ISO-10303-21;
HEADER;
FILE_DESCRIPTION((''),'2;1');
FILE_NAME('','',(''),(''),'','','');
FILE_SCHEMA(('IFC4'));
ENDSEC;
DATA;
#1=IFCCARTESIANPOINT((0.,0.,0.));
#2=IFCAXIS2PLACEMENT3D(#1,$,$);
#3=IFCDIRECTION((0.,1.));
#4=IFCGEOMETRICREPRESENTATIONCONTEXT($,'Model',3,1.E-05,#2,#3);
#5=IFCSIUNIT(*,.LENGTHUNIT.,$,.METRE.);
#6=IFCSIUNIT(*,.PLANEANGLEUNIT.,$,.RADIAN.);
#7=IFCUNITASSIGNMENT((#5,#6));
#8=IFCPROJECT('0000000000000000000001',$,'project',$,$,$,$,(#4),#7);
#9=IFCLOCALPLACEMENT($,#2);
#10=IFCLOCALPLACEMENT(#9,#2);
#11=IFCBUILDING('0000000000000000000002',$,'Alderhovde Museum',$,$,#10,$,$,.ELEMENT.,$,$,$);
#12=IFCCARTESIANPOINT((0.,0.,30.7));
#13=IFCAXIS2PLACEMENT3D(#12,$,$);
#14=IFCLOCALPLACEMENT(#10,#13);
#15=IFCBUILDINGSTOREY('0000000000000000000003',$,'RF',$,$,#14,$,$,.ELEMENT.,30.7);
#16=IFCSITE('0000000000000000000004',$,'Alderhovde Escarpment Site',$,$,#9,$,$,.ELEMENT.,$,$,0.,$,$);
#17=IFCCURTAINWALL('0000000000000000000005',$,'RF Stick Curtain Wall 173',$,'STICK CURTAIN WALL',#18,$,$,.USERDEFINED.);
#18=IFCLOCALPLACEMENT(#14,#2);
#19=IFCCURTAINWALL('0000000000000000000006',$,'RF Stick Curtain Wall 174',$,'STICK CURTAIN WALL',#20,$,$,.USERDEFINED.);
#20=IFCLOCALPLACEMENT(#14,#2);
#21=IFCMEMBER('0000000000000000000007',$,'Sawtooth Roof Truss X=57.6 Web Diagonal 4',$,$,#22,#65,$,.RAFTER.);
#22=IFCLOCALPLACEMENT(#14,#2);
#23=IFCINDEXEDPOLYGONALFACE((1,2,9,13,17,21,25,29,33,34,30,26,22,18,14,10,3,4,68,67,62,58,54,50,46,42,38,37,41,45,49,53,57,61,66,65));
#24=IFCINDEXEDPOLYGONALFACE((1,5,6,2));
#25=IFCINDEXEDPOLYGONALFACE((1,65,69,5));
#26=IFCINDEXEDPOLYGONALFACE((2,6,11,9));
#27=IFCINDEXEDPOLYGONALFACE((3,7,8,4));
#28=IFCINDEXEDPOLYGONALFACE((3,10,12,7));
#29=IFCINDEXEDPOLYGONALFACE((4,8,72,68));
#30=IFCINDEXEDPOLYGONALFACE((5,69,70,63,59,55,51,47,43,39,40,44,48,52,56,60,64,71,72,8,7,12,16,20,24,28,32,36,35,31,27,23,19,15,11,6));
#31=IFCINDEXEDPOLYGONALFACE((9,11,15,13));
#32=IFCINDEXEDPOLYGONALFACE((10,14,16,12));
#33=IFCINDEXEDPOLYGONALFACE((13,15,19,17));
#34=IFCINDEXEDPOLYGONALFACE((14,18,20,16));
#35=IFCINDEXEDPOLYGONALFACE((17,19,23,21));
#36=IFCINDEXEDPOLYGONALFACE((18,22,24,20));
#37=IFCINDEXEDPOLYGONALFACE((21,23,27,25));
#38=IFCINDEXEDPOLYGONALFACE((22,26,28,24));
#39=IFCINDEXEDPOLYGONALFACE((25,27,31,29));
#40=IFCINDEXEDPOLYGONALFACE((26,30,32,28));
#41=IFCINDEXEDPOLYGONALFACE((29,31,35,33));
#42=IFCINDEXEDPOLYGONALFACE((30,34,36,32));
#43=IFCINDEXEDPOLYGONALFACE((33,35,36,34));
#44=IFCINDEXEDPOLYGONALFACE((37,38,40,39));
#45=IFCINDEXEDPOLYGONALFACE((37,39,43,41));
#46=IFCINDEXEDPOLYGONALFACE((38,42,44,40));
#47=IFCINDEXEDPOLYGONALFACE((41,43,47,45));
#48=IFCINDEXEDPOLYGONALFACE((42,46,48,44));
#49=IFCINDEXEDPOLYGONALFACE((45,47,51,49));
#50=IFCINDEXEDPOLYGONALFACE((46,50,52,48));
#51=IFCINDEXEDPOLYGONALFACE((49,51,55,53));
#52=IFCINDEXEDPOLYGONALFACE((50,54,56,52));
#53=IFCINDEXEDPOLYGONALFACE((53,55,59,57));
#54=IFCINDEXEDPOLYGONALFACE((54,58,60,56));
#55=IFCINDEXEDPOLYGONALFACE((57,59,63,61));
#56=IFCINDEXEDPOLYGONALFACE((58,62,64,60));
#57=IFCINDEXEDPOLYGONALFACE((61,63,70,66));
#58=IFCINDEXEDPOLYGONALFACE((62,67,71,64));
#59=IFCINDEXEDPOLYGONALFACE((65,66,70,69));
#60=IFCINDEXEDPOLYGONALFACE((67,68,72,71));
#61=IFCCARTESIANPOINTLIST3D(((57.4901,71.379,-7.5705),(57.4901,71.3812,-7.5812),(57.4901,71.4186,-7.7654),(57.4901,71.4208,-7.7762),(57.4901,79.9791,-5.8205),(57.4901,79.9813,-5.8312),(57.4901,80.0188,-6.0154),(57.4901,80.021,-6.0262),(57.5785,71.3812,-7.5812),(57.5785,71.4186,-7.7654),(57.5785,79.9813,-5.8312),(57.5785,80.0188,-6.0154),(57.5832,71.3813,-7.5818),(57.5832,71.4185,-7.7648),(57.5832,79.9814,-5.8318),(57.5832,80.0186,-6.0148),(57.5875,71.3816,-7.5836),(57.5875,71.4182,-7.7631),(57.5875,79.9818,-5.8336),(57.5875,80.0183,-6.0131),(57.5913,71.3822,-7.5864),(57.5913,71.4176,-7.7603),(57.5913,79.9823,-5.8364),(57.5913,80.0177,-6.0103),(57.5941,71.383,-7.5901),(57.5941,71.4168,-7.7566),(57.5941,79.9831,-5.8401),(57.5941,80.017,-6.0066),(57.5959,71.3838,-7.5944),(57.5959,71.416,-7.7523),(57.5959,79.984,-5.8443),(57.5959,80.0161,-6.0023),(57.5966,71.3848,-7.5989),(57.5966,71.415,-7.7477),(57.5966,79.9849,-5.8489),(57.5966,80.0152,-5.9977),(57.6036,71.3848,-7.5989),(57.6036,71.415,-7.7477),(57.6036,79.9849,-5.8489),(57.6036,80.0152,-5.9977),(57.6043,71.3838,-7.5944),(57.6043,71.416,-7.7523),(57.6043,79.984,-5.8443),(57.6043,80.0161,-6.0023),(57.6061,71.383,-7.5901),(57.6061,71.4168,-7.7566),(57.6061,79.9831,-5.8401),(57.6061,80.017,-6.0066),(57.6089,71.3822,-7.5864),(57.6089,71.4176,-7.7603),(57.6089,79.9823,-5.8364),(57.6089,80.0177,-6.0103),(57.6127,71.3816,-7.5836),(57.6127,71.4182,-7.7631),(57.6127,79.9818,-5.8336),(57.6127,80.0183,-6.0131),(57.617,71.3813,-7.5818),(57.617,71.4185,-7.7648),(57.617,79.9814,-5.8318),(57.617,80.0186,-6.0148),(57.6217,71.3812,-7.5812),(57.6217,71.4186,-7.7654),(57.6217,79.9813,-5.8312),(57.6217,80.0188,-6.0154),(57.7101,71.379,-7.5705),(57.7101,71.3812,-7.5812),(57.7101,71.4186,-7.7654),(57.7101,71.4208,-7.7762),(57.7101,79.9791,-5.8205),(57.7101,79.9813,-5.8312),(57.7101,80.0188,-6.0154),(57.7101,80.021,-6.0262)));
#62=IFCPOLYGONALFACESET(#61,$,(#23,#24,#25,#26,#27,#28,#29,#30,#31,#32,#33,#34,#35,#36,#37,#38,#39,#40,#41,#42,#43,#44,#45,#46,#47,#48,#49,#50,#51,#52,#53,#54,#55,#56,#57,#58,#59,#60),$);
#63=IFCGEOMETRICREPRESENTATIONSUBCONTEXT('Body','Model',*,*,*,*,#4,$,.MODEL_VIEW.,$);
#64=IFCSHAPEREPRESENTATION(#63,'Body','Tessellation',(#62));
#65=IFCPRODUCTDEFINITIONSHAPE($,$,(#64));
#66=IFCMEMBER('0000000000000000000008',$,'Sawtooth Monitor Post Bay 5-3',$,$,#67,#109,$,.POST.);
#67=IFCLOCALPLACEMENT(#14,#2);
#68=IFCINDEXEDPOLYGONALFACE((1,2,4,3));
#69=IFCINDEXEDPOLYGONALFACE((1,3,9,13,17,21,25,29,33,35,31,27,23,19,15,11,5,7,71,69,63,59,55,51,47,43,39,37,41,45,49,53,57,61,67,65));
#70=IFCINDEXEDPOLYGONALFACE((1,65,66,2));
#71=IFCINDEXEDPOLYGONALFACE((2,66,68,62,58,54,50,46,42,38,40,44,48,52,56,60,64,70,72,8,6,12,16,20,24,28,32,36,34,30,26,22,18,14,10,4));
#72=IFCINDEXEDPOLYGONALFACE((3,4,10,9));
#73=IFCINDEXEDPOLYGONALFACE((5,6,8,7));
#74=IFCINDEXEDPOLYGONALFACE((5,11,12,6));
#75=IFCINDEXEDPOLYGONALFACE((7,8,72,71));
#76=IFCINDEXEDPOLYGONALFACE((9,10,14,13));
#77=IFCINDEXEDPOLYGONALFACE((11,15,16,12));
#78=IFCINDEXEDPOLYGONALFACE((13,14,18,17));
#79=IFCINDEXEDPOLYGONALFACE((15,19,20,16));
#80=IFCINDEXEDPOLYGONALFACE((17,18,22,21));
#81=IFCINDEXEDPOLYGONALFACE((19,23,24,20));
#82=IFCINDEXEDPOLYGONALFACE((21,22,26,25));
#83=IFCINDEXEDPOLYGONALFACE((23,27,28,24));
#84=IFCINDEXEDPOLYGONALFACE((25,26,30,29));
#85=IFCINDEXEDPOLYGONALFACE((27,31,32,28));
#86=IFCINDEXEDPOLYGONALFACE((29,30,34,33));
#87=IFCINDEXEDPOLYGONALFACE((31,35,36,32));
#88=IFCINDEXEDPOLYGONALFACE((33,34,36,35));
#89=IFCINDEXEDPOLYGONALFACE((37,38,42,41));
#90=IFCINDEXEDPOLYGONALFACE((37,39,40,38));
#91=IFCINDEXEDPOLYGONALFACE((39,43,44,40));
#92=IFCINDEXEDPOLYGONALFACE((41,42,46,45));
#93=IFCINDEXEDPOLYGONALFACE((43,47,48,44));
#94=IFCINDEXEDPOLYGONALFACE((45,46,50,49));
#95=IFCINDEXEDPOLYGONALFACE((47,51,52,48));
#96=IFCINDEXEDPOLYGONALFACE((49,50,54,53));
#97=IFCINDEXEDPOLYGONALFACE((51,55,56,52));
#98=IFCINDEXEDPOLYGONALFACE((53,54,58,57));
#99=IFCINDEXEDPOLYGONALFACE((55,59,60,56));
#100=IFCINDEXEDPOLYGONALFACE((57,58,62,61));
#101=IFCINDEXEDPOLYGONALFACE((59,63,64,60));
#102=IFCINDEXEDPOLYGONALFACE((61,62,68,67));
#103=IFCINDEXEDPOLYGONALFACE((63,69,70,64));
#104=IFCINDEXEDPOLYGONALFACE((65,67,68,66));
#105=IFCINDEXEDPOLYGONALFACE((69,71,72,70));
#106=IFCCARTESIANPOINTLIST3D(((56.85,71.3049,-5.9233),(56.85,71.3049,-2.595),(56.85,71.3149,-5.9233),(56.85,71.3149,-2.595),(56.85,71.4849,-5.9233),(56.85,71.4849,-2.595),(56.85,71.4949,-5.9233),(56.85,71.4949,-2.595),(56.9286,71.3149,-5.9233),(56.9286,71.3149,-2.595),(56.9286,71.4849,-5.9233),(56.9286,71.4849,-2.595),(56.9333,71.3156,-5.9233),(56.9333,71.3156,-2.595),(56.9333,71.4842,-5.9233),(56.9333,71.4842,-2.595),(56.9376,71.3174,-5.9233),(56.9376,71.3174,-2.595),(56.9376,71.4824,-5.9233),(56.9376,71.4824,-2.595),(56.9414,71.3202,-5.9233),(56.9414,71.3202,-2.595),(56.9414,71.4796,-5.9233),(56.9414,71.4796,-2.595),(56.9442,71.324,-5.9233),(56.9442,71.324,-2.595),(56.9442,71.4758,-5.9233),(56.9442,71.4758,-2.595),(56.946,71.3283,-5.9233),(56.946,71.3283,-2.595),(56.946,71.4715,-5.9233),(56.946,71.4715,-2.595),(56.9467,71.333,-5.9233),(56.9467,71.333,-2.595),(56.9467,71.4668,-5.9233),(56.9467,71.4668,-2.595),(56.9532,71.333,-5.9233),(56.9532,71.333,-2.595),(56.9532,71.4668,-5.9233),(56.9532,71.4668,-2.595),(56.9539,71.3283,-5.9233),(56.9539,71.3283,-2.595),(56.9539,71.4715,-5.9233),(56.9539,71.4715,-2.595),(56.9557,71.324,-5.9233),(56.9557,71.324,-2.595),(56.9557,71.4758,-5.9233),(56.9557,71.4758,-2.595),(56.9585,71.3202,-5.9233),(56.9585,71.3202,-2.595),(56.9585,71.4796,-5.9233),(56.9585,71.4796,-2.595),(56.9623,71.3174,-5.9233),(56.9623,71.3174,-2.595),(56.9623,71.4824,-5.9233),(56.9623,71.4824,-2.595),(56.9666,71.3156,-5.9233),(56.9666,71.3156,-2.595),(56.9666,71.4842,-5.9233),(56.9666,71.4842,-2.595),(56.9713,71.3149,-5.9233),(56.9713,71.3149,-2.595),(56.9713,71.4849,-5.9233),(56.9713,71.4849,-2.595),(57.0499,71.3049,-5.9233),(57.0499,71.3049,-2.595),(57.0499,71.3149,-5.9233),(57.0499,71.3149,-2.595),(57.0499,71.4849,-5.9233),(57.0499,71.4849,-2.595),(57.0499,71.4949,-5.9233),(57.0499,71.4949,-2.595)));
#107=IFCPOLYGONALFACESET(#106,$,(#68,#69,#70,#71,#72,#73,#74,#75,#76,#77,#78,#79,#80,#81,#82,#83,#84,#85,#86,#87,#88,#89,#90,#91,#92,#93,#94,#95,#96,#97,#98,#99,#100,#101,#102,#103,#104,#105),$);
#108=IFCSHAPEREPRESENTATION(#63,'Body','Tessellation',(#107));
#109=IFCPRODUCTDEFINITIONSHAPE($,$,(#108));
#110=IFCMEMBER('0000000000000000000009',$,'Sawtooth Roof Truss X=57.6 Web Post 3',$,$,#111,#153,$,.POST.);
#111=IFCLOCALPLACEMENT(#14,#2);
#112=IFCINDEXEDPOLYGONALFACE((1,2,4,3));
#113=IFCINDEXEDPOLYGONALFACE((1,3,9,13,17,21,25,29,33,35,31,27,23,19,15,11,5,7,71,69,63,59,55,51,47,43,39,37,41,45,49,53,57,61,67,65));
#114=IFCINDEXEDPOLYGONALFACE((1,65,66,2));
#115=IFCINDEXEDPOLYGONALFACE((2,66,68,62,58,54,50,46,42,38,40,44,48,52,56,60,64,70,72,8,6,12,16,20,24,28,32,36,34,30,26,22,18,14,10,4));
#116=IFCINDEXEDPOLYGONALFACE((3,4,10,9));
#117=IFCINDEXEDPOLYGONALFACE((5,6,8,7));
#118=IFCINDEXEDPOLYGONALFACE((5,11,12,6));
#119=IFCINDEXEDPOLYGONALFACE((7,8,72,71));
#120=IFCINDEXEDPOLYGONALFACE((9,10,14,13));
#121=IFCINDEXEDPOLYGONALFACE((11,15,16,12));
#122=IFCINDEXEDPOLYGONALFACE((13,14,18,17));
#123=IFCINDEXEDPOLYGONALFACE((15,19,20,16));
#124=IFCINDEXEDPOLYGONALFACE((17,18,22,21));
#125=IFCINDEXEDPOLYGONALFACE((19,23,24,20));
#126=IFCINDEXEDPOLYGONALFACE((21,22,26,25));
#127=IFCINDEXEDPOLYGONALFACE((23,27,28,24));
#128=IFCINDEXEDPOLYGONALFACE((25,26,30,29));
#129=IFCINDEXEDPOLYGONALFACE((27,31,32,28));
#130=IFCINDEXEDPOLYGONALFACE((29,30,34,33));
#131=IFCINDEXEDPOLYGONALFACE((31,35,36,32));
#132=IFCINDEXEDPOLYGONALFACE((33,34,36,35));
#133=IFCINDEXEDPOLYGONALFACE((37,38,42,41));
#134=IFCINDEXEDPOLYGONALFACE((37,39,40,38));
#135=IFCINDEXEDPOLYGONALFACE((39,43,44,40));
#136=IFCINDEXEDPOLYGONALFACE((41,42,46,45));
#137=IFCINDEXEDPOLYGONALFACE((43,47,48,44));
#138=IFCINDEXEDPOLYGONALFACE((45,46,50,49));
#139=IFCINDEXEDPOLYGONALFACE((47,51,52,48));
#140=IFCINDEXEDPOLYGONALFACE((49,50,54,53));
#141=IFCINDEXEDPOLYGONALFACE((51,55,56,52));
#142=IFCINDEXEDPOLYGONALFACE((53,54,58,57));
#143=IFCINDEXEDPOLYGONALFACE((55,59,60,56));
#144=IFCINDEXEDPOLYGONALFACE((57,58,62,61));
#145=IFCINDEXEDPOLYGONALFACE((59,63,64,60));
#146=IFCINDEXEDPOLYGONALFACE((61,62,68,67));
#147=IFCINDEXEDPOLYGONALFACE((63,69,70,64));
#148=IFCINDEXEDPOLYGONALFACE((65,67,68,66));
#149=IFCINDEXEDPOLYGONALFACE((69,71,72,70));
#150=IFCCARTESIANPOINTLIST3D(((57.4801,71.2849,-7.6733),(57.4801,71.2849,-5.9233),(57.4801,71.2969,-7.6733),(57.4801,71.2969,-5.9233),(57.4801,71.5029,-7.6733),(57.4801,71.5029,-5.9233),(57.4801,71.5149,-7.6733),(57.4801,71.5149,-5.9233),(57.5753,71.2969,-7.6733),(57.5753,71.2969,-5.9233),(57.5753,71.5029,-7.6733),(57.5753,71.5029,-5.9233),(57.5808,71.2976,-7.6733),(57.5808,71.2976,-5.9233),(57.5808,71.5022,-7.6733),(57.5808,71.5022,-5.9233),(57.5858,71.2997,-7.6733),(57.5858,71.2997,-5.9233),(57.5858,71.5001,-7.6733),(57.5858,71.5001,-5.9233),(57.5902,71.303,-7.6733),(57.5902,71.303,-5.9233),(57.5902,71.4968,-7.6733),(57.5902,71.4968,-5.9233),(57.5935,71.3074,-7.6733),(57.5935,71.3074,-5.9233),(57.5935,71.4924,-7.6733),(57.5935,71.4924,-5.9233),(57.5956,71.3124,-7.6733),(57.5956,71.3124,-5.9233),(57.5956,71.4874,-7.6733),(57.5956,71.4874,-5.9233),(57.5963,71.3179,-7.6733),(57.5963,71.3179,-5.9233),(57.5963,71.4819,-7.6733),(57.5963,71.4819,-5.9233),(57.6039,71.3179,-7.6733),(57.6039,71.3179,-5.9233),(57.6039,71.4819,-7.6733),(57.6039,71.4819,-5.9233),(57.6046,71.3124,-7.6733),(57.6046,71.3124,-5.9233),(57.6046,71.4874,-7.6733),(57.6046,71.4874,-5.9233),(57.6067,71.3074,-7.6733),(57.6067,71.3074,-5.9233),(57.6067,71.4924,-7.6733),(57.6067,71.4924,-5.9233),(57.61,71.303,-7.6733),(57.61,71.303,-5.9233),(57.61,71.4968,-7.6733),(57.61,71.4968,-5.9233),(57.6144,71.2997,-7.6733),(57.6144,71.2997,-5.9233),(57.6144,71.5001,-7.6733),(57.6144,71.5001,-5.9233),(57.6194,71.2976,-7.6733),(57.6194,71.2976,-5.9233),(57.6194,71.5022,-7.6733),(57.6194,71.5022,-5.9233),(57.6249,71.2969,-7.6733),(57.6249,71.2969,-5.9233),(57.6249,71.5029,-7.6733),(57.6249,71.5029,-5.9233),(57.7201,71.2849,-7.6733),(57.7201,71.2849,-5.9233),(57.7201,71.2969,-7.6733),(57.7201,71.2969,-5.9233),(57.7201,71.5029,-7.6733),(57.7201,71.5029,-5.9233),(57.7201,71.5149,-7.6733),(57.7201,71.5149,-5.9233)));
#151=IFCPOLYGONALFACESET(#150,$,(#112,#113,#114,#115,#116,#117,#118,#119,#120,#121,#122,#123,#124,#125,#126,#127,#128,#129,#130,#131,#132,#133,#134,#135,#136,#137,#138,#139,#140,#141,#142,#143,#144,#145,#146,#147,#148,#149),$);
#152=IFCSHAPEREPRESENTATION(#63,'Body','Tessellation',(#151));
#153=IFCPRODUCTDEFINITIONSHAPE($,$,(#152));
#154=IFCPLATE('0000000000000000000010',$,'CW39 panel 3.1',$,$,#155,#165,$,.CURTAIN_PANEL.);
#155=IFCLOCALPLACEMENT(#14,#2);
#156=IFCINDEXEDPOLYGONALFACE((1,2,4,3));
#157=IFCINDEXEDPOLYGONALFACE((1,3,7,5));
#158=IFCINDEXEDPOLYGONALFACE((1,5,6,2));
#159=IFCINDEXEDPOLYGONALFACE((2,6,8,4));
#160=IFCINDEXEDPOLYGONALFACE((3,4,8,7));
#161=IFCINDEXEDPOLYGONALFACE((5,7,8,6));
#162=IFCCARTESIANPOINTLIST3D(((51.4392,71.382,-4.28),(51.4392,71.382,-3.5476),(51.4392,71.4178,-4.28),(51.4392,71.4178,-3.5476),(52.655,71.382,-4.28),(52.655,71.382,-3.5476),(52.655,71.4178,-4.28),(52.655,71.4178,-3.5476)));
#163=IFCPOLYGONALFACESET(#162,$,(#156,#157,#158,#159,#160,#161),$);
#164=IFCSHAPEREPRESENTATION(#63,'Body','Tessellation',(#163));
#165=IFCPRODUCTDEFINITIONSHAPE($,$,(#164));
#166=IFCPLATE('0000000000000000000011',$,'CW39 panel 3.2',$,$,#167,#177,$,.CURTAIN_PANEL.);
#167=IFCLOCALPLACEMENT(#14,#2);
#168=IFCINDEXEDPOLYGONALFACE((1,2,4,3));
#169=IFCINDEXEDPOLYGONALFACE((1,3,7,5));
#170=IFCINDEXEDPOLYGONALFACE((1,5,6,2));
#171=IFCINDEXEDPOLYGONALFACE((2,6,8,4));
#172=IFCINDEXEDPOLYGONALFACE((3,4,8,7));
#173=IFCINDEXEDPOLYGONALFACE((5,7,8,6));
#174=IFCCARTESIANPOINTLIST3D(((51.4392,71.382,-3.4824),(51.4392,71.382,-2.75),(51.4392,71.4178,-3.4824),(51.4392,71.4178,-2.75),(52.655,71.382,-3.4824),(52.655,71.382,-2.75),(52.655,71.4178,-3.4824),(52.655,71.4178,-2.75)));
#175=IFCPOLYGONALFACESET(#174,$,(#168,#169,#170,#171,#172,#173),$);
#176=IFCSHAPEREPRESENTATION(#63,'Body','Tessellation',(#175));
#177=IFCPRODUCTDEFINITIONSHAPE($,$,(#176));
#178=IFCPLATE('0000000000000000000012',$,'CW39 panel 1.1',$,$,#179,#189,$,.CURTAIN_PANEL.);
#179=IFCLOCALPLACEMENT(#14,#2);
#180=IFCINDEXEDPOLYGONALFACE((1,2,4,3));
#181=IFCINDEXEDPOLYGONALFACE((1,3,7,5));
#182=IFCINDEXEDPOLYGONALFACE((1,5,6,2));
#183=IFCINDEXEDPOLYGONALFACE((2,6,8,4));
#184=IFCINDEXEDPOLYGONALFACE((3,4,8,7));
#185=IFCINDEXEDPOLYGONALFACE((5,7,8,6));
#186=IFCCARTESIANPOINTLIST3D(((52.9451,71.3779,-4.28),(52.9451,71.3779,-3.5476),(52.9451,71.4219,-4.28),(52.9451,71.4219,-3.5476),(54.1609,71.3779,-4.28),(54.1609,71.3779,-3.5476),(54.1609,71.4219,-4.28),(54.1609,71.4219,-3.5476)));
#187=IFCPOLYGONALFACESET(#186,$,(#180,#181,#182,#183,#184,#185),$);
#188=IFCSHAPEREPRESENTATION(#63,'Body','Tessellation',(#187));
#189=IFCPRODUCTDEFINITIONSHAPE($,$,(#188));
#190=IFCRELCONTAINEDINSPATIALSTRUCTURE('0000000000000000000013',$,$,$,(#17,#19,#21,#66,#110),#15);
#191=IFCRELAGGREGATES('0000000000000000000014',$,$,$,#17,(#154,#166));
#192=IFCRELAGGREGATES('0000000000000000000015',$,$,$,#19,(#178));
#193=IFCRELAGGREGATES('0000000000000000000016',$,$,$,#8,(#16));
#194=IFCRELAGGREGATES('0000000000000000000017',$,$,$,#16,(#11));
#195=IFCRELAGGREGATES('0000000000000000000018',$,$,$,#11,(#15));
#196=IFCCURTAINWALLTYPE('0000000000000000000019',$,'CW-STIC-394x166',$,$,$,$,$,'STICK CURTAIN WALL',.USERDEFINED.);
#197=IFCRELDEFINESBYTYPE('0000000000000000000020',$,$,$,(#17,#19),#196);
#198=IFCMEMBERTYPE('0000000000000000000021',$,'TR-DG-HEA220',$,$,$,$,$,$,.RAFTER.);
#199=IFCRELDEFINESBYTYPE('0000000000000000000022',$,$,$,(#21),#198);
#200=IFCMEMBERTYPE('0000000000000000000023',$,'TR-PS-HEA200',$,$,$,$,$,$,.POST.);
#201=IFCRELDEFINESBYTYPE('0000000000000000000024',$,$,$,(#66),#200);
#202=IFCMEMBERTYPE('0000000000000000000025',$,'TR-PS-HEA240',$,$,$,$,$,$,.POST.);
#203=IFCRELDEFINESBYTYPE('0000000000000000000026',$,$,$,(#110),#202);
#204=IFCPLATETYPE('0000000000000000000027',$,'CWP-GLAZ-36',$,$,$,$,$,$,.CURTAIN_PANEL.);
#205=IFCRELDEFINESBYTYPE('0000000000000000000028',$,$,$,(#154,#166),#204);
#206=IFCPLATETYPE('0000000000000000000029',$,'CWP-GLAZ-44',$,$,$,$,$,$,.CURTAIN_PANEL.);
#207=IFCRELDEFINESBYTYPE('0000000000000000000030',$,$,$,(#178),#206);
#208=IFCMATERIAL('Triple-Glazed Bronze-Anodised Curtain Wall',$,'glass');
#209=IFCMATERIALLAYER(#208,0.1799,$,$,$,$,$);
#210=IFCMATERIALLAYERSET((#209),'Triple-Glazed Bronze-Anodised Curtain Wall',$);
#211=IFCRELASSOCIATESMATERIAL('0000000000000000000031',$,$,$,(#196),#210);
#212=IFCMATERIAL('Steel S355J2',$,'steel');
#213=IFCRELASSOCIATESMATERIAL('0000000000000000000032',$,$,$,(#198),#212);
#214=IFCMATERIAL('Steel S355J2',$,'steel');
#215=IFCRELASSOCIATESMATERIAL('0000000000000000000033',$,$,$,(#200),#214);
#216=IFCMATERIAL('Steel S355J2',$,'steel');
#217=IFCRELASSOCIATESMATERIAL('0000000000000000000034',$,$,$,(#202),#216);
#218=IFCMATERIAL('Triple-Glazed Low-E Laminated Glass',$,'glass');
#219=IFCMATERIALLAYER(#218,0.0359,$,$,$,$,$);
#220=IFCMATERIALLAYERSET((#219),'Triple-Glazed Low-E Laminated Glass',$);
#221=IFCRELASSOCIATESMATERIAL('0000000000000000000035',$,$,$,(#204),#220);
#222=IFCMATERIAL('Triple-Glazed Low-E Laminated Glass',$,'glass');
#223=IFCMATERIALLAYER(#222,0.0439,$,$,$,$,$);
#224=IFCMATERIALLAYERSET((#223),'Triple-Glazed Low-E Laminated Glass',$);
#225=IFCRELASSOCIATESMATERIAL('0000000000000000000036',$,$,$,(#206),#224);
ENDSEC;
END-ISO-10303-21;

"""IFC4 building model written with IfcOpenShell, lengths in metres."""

from ifc_helpers import new_model, si_unit, direction, frame, origin, origin_2d, place, context, subcontext, project, spatial, rectangle, i_section, extrude, material, layer, layer_set, material_profile, profile_set, type_object, element, aggregate, save


model = new_model("IFC4")

# Units and contexts
model_context = context("Model", 3, precision=1e-05, world=origin(), true_north=direction((0.0, 1.0)))
body_context = subcontext(model_context, "Body", "Model", "MODEL_VIEW")
ifc_project = project(units=[si_unit("LENGTHUNIT", "METRE"), si_unit("PLANEANGLEUNIT", "RADIAN")], contexts=[model_context])

# Site, building, storey
site_placement = place(None, origin())
site = spatial("IfcSite", under=ifc_project, at=site_placement, Name="Alderhovde Escarpment Site", CompositionType="ELEMENT", RefElevation=0.0)
building_placement = place(site_placement, origin())
building = spatial("IfcBuilding", under=site, at=building_placement, Name="Alderhovde Museum", CompositionType="ELEMENT")
storey_placement = place(building_placement, frame((0.0, 0.0, 30.7)))
storey = spatial("IfcBuildingStorey", under=building, at=storey_placement, Name="RF", CompositionType="ELEMENT", Elevation=30.7)

# Curtain wall
ifc_material_1 = material(Name="Triple-Glazed Bronze-Anodised Curtain Wall", Category="glass")
ifc_layer_1 = layer(ifc_material_1, 0.1799)
ifc_layer_set_1 = layer_set([ifc_layer_1], Name="Triple-Glazed Bronze-Anodised Curtain Wall")
curtain_wall_type = type_object("IfcCurtainWallType", Name="CW-STIC-394x166", ElementType="STICK CURTAIN WALL", PredefinedType="USERDEFINED", material=ifc_layer_set_1)
curtain_wall_1_placement = place(storey_placement, origin())
curtain_wall_1 = element("IfcCurtainWall", 1, at=curtain_wall_1_placement, inside=storey, type_object=curtain_wall_type, Name="RF Stick Curtain Wall 173", ObjectType="STICK CURTAIN WALL", PredefinedType="USERDEFINED")

# Curtain wall
curtain_wall_2_placement = place(storey_placement, origin())
curtain_wall_2 = element("IfcCurtainWall", 2, at=curtain_wall_2_placement, inside=storey, type_object=curtain_wall_type, Name="RF Stick Curtain Wall 174", ObjectType="STICK CURTAIN WALL", PredefinedType="USERDEFINED")

# Members
ifc_material_2 = material(Name="Steel S355J2", Category="steel")
ifc_material_profile_1 = material_profile(ifc_material_2, i_section(OverallWidth=0.22, OverallDepth=0.21, WebThickness=0.0071, FlangeThickness=0.011, FilletRadius=0.0181, at=origin_2d()), Name="HEA 220")
ifc_profile_set_1 = profile_set([ifc_material_profile_1], Name="Steel S355J2")
member_type_1 = type_object("IfcMemberType", Name="TR-DG-HEA220", PredefinedType="RAFTER", material=ifc_profile_set_1)
member_1_placement = place(storey_placement, frame((57.6001, 71.3999, -7.6733), z_axis=(0.0, 0.979918, 0.1994), x_axis=(-1.0, 0.0, 0.0)))
element("IfcMember", 3, at=member_1_placement, inside=storey, type_object=member_type_1, Name="Sawtooth Roof Truss X=57.6 Web Diagonal 4", PredefinedType="RAFTER", context=body_context, shape_type="SweptSolid", body=[
    extrude(i_section(OverallWidth=0.22, OverallDepth=0.21, WebThickness=0.0071, FlangeThickness=0.011, FilletRadius=0.0181, at=origin_2d()), origin(), (0.0, 0.0, 1.0), 8.7764),
])
ifc_material_3 = material(Name="Steel S355J2", Category="steel")
ifc_material_profile_2 = material_profile(ifc_material_3, i_section(OverallWidth=0.2, OverallDepth=0.1899, WebThickness=0.0066, FlangeThickness=0.01, FilletRadius=0.0181, at=origin_2d()), Name="HEA 200")
ifc_profile_set_2 = profile_set([ifc_material_profile_2], Name="Steel S355J2")
member_type_2 = type_object("IfcMemberType", Name="TR-PS-HEA200", PredefinedType="POST", material=ifc_profile_set_2)
member_2_placement = place(storey_placement, frame((56.95, 71.3999, -5.9233), z_axis=(0.0, 0.0, 1.0), x_axis=(1.0, 0.0, 0.0)))
element("IfcMember", 4, at=member_2_placement, inside=storey, type_object=member_type_2, Name="Sawtooth Monitor Post Bay 5-3", PredefinedType="POST", context=body_context, shape_type="SweptSolid", body=[
    extrude(i_section(OverallWidth=0.2, OverallDepth=0.1899, WebThickness=0.0066, FlangeThickness=0.01, FilletRadius=0.0181, at=origin_2d()), origin(), (0.0, 0.0, 1.0), 3.3284),
])
ifc_material_4 = material(Name="Steel S355J2", Category="steel")
ifc_material_profile_3 = material_profile(ifc_material_4, i_section(OverallWidth=0.24, OverallDepth=0.23, WebThickness=0.0076, FlangeThickness=0.012, FilletRadius=0.021, at=origin_2d()), Name="HEA 240")
ifc_profile_set_3 = profile_set([ifc_material_profile_3], Name="Steel S355J2")
member_type_3 = type_object("IfcMemberType", Name="TR-PS-HEA240", PredefinedType="POST", material=ifc_profile_set_3)
member_3_placement = place(storey_placement, frame((57.6001, 71.3999, -7.6733), z_axis=(0.0, 0.0, 1.0), x_axis=(1.0, 0.0, 0.0)))
element("IfcMember", 5, at=member_3_placement, inside=storey, type_object=member_type_3, Name="Sawtooth Roof Truss X=57.6 Web Post 3", PredefinedType="POST", context=body_context, shape_type="SweptSolid", body=[
    extrude(i_section(OverallWidth=0.24, OverallDepth=0.23, WebThickness=0.0076, FlangeThickness=0.012, FilletRadius=0.021, at=origin_2d()), origin(), (0.0, 0.0, 1.0), 1.75),
])

# Plates
ifc_material_5 = material(Name="Triple-Glazed Low-E Laminated Glass", Category="glass")
ifc_layer_2 = layer(ifc_material_5, 0.0359)
ifc_layer_set_2 = layer_set([ifc_layer_2], Name="Triple-Glazed Low-E Laminated Glass")
plate_type_1 = type_object("IfcPlateType", Name="CWP-GLAZ-36", PredefinedType="CURTAIN_PANEL", material=ifc_layer_set_2)
plate_1_placement = place(storey_placement, frame((52.0471, 71.3999, -4.28), z_axis=(0.0, 0.0, 1.0), x_axis=(1.0, 0.0, 0.0)))
plate_1 = element("IfcPlate", 6, at=plate_1_placement, type_object=plate_type_1, Name="CW39 panel 3.1", PredefinedType="CURTAIN_PANEL", context=body_context, shape_type="SweptSolid", body=[
    extrude(rectangle(XDim=1.2158, YDim=0.0359, at=origin_2d()), origin(), (0.0, 0.0, 1.0), 0.7324),
])
plate_2_placement = place(storey_placement, frame((52.0471, 71.3999, -3.4824), z_axis=(0.0, 0.0, 1.0), x_axis=(1.0, 0.0, 0.0)))
plate_2 = element("IfcPlate", 7, at=plate_2_placement, type_object=plate_type_1, Name="CW39 panel 3.2", PredefinedType="CURTAIN_PANEL", context=body_context, shape_type="SweptSolid", body=[
    extrude(rectangle(XDim=1.2158, YDim=0.0359, at=origin_2d()), origin(), (0.0, 0.0, 1.0), 0.7324),
])
aggregate(curtain_wall_1, [plate_1, plate_2])
ifc_material_6 = material(Name="Triple-Glazed Low-E Laminated Glass", Category="glass")
ifc_layer_3 = layer(ifc_material_6, 0.0439)
ifc_layer_set_3 = layer_set([ifc_layer_3], Name="Triple-Glazed Low-E Laminated Glass")
plate_type_2 = type_object("IfcPlateType", Name="CWP-GLAZ-44", PredefinedType="CURTAIN_PANEL", material=ifc_layer_set_3)
plate_3_placement = place(storey_placement, frame((53.553, 71.3999, -4.28), z_axis=(0.0, 0.0, 1.0), x_axis=(1.0, 0.0, 0.0)))
plate_3 = element("IfcPlate", 8, at=plate_3_placement, type_object=plate_type_2, Name="CW39 panel 1.1", PredefinedType="CURTAIN_PANEL", context=body_context, shape_type="SweptSolid", body=[
    extrude(rectangle(XDim=1.2158, YDim=0.0439, at=origin_2d()), origin(), (0.0, 0.0, 1.0), 0.7324),
])
aggregate(curtain_wall_2, [plate_3])

save(model, "model.ifc")
